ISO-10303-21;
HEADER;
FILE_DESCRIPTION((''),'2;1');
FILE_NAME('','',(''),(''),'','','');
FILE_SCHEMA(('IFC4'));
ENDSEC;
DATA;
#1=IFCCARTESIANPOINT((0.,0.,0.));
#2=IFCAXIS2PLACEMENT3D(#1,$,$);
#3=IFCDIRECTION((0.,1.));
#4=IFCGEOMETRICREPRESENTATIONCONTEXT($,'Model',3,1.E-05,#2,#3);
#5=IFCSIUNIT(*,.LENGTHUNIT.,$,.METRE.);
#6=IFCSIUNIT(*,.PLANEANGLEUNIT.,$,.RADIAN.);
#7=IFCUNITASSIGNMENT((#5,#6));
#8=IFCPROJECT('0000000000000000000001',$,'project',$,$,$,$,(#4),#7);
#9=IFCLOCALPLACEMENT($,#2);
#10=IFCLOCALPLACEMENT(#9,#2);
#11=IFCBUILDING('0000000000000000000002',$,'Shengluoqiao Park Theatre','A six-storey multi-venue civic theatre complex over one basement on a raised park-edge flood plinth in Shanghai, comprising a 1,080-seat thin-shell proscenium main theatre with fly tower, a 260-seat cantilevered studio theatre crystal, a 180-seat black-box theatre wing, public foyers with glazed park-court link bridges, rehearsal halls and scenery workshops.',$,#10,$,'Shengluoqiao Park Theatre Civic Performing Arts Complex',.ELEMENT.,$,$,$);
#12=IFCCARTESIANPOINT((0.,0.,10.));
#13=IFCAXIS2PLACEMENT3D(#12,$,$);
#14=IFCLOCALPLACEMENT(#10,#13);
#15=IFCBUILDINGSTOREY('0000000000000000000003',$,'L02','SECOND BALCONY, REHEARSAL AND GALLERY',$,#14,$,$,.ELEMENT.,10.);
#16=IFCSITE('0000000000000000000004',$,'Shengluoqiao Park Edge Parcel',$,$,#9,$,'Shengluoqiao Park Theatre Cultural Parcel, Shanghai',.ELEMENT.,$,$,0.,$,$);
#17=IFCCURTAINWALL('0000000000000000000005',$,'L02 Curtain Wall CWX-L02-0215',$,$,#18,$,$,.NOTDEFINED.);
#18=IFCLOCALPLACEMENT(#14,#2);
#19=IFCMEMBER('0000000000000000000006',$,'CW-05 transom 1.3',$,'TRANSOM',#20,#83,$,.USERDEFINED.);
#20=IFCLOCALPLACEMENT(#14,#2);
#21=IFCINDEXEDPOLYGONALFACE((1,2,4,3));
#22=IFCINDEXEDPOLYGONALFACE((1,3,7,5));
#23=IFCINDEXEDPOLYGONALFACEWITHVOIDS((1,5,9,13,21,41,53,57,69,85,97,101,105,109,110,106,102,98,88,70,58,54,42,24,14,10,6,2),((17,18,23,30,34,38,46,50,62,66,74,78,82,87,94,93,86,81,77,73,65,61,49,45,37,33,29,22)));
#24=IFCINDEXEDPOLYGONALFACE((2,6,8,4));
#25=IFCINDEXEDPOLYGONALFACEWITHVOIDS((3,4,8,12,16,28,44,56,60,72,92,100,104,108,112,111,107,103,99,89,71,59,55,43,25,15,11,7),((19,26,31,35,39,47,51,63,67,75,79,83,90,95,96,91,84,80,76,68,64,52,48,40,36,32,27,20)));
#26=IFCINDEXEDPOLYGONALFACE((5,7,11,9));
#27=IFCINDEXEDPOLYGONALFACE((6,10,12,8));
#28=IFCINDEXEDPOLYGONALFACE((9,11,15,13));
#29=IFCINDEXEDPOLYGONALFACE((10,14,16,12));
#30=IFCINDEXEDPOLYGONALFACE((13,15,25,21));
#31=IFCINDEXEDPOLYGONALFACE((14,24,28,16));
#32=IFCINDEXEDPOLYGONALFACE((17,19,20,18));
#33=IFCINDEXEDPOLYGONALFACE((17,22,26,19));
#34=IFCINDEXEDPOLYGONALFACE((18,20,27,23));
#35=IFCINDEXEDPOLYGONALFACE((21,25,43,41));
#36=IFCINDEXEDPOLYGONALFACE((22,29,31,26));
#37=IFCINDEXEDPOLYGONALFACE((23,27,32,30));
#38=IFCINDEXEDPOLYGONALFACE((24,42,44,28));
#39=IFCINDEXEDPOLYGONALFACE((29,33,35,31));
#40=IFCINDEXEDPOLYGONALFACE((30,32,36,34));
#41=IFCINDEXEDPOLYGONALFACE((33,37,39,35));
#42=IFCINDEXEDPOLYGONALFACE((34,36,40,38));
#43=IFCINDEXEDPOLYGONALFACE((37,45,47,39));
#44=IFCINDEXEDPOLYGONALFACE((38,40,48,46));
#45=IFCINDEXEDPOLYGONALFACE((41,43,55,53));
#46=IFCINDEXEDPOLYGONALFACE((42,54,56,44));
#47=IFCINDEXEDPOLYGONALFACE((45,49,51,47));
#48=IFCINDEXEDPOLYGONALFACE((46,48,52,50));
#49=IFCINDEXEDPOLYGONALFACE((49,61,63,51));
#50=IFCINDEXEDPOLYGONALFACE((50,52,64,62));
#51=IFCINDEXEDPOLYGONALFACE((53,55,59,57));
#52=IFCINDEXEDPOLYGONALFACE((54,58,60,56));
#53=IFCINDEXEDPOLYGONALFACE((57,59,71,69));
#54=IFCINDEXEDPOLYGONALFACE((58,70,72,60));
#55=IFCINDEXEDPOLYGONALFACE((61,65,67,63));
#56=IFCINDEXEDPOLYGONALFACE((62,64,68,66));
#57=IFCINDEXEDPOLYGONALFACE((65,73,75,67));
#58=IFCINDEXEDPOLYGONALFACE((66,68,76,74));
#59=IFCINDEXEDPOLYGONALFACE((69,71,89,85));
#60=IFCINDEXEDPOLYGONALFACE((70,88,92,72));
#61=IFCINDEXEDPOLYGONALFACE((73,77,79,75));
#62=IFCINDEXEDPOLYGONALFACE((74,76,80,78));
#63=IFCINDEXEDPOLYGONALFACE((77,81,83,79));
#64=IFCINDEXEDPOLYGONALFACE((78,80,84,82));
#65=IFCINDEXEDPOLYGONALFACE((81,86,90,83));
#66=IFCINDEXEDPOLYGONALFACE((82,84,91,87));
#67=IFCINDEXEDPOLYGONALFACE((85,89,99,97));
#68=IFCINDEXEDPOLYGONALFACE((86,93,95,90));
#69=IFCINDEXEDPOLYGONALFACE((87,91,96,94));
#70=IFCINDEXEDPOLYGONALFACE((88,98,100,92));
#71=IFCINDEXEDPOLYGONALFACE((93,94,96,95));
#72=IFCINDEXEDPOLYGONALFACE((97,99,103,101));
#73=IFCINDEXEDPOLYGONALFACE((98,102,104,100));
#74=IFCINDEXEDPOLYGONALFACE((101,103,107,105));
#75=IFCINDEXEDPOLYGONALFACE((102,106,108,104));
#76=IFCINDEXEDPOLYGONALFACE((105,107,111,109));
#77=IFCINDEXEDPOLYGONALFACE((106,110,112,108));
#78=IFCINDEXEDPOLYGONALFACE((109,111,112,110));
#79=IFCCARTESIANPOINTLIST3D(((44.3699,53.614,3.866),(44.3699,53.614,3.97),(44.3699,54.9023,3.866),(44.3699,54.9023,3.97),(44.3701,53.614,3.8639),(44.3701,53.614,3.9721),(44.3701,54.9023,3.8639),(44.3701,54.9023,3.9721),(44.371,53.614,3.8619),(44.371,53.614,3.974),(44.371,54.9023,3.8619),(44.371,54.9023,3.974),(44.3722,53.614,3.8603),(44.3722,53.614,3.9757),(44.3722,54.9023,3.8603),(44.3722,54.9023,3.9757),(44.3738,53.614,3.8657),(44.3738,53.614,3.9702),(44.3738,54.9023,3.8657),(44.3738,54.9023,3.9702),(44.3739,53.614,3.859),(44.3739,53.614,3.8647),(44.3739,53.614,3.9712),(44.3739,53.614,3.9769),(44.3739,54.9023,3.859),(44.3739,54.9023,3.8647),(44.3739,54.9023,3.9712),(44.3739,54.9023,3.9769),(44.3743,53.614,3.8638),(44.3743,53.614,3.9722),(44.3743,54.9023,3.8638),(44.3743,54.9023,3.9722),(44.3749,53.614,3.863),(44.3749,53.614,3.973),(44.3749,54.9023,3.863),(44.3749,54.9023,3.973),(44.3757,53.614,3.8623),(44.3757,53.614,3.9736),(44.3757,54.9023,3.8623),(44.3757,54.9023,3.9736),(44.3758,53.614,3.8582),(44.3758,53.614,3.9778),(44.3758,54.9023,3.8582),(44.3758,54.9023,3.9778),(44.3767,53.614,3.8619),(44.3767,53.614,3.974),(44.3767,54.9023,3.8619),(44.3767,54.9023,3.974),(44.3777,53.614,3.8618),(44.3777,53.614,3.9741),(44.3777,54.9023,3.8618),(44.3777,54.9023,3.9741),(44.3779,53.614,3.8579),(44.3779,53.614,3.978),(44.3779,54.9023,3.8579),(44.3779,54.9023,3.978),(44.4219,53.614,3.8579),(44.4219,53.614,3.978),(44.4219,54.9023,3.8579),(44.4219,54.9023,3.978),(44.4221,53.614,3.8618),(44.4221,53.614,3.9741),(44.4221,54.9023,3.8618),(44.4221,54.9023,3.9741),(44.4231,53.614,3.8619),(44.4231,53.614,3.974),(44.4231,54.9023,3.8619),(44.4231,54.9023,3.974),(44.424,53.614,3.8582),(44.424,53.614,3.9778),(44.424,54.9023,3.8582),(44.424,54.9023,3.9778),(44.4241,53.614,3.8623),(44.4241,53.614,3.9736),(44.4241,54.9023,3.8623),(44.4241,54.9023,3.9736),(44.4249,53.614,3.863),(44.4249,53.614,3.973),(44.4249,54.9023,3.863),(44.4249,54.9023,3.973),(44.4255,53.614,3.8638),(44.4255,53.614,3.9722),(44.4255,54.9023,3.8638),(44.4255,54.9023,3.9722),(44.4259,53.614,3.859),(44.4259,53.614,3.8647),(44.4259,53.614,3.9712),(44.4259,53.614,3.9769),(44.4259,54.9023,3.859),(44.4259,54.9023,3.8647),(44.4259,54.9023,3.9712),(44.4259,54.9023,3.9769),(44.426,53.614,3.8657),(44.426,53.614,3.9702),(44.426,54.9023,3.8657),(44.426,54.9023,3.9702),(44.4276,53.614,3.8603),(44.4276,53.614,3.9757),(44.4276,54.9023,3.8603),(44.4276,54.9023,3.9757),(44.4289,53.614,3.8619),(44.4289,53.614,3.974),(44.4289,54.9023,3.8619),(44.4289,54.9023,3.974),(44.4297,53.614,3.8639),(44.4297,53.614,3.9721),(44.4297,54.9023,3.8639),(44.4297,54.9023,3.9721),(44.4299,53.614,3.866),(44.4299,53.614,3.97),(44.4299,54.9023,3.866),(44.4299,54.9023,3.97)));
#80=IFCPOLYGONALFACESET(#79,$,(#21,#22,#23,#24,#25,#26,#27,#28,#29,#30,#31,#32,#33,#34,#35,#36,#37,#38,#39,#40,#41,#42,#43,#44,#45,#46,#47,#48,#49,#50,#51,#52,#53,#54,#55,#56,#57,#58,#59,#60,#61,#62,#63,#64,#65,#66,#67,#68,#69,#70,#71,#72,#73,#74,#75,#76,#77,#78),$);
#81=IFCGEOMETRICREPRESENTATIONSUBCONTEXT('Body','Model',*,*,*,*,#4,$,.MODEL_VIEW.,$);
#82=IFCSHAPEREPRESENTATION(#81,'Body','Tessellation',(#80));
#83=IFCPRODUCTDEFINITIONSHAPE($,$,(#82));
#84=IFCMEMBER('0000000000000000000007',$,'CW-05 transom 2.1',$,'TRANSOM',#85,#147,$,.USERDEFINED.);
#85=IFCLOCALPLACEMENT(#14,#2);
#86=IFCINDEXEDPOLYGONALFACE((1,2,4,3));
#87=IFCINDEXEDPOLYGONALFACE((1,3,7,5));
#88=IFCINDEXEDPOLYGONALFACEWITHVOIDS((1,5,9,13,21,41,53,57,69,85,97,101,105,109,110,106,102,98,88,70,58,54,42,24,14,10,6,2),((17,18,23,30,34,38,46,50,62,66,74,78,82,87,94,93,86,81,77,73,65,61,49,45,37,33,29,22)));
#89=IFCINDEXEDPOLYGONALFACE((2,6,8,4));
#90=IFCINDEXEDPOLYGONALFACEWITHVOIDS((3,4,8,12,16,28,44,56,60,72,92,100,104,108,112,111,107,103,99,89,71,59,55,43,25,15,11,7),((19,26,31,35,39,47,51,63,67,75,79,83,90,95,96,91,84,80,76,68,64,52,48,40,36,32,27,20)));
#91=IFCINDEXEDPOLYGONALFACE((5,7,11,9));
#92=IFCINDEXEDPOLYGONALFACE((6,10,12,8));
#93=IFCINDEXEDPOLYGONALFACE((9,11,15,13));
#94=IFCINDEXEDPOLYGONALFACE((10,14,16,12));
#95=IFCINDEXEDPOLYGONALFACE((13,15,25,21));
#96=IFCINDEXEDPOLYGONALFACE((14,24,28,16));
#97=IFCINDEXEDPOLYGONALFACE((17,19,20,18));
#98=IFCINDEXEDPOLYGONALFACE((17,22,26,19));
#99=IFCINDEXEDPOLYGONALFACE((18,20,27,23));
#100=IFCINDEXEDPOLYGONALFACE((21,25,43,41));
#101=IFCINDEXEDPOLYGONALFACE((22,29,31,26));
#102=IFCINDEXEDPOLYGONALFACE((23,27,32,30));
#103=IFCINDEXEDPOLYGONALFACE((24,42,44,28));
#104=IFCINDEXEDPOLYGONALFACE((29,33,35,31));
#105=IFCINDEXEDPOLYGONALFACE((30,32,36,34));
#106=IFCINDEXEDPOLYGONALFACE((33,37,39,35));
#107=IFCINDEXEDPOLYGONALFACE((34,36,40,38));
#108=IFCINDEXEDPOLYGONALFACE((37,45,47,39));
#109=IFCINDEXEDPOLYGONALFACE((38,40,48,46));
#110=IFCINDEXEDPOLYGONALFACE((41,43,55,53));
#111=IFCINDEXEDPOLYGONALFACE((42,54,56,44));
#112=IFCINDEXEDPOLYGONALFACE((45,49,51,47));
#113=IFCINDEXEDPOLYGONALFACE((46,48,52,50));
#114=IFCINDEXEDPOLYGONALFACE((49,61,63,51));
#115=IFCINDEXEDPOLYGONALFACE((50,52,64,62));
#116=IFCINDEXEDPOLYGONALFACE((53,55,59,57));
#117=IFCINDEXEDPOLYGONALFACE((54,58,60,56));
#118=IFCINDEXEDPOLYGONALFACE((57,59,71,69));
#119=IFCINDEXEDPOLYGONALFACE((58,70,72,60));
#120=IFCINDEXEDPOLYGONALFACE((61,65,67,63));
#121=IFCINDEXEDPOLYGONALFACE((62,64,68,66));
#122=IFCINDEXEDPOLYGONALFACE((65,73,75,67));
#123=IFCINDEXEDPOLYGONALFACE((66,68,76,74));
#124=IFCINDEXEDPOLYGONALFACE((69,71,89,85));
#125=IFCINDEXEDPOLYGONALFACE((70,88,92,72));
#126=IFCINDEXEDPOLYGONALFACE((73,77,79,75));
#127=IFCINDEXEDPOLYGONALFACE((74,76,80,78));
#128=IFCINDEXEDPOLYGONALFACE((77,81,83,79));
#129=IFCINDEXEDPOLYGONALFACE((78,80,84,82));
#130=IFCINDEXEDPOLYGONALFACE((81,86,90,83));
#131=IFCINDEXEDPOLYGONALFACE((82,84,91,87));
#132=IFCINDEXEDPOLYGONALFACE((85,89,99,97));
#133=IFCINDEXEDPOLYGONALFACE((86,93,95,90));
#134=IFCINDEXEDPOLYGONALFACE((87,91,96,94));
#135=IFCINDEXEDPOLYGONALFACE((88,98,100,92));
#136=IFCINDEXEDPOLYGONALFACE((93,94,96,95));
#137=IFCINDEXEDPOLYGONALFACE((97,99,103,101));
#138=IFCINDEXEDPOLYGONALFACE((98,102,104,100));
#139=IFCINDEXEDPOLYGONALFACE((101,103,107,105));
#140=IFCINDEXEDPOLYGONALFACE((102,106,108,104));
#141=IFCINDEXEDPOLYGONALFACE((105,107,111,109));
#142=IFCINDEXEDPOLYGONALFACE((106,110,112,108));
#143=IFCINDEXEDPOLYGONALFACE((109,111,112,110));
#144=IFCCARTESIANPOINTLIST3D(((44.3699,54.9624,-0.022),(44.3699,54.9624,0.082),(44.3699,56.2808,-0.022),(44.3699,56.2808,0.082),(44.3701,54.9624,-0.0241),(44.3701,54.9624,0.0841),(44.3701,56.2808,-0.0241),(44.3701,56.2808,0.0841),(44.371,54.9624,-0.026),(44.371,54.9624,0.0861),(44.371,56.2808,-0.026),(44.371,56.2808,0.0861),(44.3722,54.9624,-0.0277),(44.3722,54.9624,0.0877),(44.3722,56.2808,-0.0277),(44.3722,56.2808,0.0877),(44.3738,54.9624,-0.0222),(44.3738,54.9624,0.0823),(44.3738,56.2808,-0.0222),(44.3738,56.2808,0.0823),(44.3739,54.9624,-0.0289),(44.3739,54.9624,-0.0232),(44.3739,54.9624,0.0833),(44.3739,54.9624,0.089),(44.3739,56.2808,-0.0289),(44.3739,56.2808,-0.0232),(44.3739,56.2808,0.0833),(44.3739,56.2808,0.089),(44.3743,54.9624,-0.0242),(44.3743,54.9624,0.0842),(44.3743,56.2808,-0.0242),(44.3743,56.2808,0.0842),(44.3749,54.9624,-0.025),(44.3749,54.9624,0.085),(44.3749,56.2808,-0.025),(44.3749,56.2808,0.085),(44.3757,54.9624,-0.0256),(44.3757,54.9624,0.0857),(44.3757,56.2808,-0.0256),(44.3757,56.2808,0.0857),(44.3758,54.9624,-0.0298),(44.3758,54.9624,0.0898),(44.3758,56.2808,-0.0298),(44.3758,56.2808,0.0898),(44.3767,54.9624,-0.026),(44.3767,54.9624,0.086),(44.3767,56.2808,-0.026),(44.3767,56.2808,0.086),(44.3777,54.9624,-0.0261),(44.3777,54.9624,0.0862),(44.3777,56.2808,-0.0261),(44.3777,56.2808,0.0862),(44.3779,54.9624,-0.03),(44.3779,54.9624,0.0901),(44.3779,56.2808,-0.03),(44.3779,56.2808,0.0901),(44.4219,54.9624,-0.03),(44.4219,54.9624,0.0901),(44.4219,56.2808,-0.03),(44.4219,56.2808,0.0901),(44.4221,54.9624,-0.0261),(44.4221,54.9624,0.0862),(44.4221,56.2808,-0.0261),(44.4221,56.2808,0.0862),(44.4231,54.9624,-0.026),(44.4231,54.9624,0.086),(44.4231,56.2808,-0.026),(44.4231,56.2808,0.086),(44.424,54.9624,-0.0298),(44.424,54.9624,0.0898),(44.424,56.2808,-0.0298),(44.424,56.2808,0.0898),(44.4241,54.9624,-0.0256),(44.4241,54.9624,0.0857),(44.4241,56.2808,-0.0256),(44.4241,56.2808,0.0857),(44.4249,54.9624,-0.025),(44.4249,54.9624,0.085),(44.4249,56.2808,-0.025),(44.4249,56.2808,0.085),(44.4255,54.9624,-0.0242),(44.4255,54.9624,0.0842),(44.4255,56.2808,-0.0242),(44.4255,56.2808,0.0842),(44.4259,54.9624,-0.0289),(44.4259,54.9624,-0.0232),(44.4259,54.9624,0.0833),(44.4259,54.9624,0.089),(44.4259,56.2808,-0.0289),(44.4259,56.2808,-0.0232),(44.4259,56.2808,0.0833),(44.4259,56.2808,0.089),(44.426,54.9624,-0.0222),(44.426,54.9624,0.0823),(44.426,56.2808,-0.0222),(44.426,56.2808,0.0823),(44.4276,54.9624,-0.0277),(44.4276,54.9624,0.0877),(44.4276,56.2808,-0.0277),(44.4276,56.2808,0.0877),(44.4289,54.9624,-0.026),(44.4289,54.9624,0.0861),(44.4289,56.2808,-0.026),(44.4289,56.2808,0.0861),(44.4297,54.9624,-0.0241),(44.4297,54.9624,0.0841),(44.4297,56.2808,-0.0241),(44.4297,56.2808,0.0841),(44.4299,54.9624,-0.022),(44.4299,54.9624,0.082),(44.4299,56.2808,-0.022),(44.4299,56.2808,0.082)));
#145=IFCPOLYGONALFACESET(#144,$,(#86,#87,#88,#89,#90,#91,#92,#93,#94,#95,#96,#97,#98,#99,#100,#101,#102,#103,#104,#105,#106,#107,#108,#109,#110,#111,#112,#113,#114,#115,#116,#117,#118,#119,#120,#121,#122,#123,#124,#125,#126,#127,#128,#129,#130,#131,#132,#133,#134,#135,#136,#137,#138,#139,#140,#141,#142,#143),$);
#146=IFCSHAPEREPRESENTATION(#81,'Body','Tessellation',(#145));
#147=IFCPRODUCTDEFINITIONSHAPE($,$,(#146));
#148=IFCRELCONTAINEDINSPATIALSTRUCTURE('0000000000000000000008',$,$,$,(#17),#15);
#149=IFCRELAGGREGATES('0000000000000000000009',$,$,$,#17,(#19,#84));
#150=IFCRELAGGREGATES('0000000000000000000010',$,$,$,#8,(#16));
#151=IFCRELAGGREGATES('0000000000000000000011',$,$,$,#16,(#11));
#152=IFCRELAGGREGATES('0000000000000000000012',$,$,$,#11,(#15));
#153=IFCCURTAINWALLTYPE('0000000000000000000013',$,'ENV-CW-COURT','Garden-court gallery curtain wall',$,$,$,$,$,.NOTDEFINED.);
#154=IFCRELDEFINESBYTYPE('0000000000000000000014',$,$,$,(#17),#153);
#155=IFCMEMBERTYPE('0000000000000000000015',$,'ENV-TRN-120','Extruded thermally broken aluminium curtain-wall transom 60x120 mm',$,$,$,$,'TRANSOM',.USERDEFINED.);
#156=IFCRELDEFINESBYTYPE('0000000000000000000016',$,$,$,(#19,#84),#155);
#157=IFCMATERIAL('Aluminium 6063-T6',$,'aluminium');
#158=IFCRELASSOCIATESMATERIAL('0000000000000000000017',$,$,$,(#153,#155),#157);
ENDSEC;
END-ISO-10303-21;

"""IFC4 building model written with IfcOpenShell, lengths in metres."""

from ifc_helpers import new_model, si_unit, direction, frame, origin, origin_2d, place, context, subcontext, project, spatial, hollow_rectangle, extrude, material, material_profile, profile_set, type_object, element, aggregate, save


model = new_model("IFC4")

# Units and contexts
model_context = context("Model", 3, precision=1e-05, world=origin(), true_north=direction((0.0, 1.0)))
body_context = subcontext(model_context, "Body", "Model", "MODEL_VIEW")
ifc_project = project(units=[si_unit("LENGTHUNIT", "METRE"), si_unit("PLANEANGLEUNIT", "RADIAN")], contexts=[model_context])

# Site, building, storey
site_placement = place(None, origin())
site = spatial("IfcSite", under=ifc_project, at=site_placement, Name="Shengluoqiao Park Edge Parcel", LongName="Shengluoqiao Park Theatre Cultural Parcel, Shanghai", CompositionType="ELEMENT", RefElevation=0.0)
building_placement = place(site_placement, origin())
building = spatial("IfcBuilding", under=site, at=building_placement, Name="Shengluoqiao Park Theatre", Description="A six-storey multi-venue civic theatre complex over one basement on a raised park-edge flood plinth in Shanghai, comprising a 1,080-seat thin-shell proscenium main theatre with fly tower, a 260-seat cantilevered studio theatre crystal, a 180-seat black-box theatre wing, public foyers with glazed park-court link bridges, rehearsal halls and scenery workshops.", LongName="Shengluoqiao Park Theatre Civic Performing Arts Complex", CompositionType="ELEMENT")
storey_placement = place(building_placement, frame((0.0, 0.0, 10.0)))
storey = spatial("IfcBuildingStorey", under=building, at=storey_placement, Name="L02", Description="SECOND BALCONY, REHEARSAL AND GALLERY", CompositionType="ELEMENT", Elevation=10.0)

# Curtain wall
ifc_material_1 = material(Name="Aluminium 6063-T6", Category="aluminium")
curtain_wall_type_1 = type_object("IfcCurtainWallType", Name="ENV-CW-COURT", Description="Garden-court gallery curtain wall", PredefinedType="NOTDEFINED", material=ifc_material_1)
curtain_wall_1_placement = place(storey_placement, origin())
curtain_wall_1 = element("IfcCurtainWall", 1, at=curtain_wall_1_placement, inside=storey, type_object=curtain_wall_type_1, Name="L02 Curtain Wall CWX-L02-0215", PredefinedType="NOTDEFINED")

# Members
ifc_material_profile_1 = material_profile(ifc_material_1, hollow_rectangle(XDim=0.0601, YDim=0.1201, WallThickness=0.0039, InnerFilletRadius=0.0039, OuterFilletRadius=0.0081, at=origin_2d()), Name="ALU TRANSOM 120x60x4")
ifc_profile_set_1 = profile_set([ifc_material_profile_1], Name="Aluminium 6063-T6")
member_type_1 = type_object("IfcMemberType", Name="ENV-TRN-120", Description="Extruded thermally broken aluminium curtain-wall transom 60x120 mm", ElementType="TRANSOM", PredefinedType="USERDEFINED", material=ifc_profile_set_1)
member_1_placement = place(storey_placement, frame((44.3999, 53.614, 3.918), z_axis=(0.0, 1.0, 0.0), x_axis=(-1.0, 0.0, 0.0)))
member_1 = element("IfcMember", 2, at=member_1_placement, type_object=member_type_1, Name="CW-05 transom 1.3", ObjectType="TRANSOM", PredefinedType="USERDEFINED", context=body_context, shape_type="SweptSolid", body=[
    extrude(hollow_rectangle(XDim=0.0601, YDim=0.1201, WallThickness=0.0039, InnerFilletRadius=0.0039, OuterFilletRadius=0.0081, at=origin_2d()), origin(), (0.0, 0.0, 1.0), 1.2883),
])
member_2_placement = place(storey_placement, frame((44.3999, 54.9624, 0.03), z_axis=(0.0, 1.0, 0.0), x_axis=(-1.0, 0.0, 0.0)))
member_2 = element("IfcMember", 3, at=member_2_placement, type_object=member_type_1, Name="CW-05 transom 2.1", ObjectType="TRANSOM", PredefinedType="USERDEFINED", context=body_context, shape_type="SweptSolid", body=[
    extrude(hollow_rectangle(XDim=0.0601, YDim=0.1201, WallThickness=0.0039, InnerFilletRadius=0.0039, OuterFilletRadius=0.0081, at=origin_2d()), origin(), (0.0, 0.0, 1.0), 1.3184),
])

aggregate(curtain_wall_1, [member_1, member_2])

save(model, "model.ifc")
